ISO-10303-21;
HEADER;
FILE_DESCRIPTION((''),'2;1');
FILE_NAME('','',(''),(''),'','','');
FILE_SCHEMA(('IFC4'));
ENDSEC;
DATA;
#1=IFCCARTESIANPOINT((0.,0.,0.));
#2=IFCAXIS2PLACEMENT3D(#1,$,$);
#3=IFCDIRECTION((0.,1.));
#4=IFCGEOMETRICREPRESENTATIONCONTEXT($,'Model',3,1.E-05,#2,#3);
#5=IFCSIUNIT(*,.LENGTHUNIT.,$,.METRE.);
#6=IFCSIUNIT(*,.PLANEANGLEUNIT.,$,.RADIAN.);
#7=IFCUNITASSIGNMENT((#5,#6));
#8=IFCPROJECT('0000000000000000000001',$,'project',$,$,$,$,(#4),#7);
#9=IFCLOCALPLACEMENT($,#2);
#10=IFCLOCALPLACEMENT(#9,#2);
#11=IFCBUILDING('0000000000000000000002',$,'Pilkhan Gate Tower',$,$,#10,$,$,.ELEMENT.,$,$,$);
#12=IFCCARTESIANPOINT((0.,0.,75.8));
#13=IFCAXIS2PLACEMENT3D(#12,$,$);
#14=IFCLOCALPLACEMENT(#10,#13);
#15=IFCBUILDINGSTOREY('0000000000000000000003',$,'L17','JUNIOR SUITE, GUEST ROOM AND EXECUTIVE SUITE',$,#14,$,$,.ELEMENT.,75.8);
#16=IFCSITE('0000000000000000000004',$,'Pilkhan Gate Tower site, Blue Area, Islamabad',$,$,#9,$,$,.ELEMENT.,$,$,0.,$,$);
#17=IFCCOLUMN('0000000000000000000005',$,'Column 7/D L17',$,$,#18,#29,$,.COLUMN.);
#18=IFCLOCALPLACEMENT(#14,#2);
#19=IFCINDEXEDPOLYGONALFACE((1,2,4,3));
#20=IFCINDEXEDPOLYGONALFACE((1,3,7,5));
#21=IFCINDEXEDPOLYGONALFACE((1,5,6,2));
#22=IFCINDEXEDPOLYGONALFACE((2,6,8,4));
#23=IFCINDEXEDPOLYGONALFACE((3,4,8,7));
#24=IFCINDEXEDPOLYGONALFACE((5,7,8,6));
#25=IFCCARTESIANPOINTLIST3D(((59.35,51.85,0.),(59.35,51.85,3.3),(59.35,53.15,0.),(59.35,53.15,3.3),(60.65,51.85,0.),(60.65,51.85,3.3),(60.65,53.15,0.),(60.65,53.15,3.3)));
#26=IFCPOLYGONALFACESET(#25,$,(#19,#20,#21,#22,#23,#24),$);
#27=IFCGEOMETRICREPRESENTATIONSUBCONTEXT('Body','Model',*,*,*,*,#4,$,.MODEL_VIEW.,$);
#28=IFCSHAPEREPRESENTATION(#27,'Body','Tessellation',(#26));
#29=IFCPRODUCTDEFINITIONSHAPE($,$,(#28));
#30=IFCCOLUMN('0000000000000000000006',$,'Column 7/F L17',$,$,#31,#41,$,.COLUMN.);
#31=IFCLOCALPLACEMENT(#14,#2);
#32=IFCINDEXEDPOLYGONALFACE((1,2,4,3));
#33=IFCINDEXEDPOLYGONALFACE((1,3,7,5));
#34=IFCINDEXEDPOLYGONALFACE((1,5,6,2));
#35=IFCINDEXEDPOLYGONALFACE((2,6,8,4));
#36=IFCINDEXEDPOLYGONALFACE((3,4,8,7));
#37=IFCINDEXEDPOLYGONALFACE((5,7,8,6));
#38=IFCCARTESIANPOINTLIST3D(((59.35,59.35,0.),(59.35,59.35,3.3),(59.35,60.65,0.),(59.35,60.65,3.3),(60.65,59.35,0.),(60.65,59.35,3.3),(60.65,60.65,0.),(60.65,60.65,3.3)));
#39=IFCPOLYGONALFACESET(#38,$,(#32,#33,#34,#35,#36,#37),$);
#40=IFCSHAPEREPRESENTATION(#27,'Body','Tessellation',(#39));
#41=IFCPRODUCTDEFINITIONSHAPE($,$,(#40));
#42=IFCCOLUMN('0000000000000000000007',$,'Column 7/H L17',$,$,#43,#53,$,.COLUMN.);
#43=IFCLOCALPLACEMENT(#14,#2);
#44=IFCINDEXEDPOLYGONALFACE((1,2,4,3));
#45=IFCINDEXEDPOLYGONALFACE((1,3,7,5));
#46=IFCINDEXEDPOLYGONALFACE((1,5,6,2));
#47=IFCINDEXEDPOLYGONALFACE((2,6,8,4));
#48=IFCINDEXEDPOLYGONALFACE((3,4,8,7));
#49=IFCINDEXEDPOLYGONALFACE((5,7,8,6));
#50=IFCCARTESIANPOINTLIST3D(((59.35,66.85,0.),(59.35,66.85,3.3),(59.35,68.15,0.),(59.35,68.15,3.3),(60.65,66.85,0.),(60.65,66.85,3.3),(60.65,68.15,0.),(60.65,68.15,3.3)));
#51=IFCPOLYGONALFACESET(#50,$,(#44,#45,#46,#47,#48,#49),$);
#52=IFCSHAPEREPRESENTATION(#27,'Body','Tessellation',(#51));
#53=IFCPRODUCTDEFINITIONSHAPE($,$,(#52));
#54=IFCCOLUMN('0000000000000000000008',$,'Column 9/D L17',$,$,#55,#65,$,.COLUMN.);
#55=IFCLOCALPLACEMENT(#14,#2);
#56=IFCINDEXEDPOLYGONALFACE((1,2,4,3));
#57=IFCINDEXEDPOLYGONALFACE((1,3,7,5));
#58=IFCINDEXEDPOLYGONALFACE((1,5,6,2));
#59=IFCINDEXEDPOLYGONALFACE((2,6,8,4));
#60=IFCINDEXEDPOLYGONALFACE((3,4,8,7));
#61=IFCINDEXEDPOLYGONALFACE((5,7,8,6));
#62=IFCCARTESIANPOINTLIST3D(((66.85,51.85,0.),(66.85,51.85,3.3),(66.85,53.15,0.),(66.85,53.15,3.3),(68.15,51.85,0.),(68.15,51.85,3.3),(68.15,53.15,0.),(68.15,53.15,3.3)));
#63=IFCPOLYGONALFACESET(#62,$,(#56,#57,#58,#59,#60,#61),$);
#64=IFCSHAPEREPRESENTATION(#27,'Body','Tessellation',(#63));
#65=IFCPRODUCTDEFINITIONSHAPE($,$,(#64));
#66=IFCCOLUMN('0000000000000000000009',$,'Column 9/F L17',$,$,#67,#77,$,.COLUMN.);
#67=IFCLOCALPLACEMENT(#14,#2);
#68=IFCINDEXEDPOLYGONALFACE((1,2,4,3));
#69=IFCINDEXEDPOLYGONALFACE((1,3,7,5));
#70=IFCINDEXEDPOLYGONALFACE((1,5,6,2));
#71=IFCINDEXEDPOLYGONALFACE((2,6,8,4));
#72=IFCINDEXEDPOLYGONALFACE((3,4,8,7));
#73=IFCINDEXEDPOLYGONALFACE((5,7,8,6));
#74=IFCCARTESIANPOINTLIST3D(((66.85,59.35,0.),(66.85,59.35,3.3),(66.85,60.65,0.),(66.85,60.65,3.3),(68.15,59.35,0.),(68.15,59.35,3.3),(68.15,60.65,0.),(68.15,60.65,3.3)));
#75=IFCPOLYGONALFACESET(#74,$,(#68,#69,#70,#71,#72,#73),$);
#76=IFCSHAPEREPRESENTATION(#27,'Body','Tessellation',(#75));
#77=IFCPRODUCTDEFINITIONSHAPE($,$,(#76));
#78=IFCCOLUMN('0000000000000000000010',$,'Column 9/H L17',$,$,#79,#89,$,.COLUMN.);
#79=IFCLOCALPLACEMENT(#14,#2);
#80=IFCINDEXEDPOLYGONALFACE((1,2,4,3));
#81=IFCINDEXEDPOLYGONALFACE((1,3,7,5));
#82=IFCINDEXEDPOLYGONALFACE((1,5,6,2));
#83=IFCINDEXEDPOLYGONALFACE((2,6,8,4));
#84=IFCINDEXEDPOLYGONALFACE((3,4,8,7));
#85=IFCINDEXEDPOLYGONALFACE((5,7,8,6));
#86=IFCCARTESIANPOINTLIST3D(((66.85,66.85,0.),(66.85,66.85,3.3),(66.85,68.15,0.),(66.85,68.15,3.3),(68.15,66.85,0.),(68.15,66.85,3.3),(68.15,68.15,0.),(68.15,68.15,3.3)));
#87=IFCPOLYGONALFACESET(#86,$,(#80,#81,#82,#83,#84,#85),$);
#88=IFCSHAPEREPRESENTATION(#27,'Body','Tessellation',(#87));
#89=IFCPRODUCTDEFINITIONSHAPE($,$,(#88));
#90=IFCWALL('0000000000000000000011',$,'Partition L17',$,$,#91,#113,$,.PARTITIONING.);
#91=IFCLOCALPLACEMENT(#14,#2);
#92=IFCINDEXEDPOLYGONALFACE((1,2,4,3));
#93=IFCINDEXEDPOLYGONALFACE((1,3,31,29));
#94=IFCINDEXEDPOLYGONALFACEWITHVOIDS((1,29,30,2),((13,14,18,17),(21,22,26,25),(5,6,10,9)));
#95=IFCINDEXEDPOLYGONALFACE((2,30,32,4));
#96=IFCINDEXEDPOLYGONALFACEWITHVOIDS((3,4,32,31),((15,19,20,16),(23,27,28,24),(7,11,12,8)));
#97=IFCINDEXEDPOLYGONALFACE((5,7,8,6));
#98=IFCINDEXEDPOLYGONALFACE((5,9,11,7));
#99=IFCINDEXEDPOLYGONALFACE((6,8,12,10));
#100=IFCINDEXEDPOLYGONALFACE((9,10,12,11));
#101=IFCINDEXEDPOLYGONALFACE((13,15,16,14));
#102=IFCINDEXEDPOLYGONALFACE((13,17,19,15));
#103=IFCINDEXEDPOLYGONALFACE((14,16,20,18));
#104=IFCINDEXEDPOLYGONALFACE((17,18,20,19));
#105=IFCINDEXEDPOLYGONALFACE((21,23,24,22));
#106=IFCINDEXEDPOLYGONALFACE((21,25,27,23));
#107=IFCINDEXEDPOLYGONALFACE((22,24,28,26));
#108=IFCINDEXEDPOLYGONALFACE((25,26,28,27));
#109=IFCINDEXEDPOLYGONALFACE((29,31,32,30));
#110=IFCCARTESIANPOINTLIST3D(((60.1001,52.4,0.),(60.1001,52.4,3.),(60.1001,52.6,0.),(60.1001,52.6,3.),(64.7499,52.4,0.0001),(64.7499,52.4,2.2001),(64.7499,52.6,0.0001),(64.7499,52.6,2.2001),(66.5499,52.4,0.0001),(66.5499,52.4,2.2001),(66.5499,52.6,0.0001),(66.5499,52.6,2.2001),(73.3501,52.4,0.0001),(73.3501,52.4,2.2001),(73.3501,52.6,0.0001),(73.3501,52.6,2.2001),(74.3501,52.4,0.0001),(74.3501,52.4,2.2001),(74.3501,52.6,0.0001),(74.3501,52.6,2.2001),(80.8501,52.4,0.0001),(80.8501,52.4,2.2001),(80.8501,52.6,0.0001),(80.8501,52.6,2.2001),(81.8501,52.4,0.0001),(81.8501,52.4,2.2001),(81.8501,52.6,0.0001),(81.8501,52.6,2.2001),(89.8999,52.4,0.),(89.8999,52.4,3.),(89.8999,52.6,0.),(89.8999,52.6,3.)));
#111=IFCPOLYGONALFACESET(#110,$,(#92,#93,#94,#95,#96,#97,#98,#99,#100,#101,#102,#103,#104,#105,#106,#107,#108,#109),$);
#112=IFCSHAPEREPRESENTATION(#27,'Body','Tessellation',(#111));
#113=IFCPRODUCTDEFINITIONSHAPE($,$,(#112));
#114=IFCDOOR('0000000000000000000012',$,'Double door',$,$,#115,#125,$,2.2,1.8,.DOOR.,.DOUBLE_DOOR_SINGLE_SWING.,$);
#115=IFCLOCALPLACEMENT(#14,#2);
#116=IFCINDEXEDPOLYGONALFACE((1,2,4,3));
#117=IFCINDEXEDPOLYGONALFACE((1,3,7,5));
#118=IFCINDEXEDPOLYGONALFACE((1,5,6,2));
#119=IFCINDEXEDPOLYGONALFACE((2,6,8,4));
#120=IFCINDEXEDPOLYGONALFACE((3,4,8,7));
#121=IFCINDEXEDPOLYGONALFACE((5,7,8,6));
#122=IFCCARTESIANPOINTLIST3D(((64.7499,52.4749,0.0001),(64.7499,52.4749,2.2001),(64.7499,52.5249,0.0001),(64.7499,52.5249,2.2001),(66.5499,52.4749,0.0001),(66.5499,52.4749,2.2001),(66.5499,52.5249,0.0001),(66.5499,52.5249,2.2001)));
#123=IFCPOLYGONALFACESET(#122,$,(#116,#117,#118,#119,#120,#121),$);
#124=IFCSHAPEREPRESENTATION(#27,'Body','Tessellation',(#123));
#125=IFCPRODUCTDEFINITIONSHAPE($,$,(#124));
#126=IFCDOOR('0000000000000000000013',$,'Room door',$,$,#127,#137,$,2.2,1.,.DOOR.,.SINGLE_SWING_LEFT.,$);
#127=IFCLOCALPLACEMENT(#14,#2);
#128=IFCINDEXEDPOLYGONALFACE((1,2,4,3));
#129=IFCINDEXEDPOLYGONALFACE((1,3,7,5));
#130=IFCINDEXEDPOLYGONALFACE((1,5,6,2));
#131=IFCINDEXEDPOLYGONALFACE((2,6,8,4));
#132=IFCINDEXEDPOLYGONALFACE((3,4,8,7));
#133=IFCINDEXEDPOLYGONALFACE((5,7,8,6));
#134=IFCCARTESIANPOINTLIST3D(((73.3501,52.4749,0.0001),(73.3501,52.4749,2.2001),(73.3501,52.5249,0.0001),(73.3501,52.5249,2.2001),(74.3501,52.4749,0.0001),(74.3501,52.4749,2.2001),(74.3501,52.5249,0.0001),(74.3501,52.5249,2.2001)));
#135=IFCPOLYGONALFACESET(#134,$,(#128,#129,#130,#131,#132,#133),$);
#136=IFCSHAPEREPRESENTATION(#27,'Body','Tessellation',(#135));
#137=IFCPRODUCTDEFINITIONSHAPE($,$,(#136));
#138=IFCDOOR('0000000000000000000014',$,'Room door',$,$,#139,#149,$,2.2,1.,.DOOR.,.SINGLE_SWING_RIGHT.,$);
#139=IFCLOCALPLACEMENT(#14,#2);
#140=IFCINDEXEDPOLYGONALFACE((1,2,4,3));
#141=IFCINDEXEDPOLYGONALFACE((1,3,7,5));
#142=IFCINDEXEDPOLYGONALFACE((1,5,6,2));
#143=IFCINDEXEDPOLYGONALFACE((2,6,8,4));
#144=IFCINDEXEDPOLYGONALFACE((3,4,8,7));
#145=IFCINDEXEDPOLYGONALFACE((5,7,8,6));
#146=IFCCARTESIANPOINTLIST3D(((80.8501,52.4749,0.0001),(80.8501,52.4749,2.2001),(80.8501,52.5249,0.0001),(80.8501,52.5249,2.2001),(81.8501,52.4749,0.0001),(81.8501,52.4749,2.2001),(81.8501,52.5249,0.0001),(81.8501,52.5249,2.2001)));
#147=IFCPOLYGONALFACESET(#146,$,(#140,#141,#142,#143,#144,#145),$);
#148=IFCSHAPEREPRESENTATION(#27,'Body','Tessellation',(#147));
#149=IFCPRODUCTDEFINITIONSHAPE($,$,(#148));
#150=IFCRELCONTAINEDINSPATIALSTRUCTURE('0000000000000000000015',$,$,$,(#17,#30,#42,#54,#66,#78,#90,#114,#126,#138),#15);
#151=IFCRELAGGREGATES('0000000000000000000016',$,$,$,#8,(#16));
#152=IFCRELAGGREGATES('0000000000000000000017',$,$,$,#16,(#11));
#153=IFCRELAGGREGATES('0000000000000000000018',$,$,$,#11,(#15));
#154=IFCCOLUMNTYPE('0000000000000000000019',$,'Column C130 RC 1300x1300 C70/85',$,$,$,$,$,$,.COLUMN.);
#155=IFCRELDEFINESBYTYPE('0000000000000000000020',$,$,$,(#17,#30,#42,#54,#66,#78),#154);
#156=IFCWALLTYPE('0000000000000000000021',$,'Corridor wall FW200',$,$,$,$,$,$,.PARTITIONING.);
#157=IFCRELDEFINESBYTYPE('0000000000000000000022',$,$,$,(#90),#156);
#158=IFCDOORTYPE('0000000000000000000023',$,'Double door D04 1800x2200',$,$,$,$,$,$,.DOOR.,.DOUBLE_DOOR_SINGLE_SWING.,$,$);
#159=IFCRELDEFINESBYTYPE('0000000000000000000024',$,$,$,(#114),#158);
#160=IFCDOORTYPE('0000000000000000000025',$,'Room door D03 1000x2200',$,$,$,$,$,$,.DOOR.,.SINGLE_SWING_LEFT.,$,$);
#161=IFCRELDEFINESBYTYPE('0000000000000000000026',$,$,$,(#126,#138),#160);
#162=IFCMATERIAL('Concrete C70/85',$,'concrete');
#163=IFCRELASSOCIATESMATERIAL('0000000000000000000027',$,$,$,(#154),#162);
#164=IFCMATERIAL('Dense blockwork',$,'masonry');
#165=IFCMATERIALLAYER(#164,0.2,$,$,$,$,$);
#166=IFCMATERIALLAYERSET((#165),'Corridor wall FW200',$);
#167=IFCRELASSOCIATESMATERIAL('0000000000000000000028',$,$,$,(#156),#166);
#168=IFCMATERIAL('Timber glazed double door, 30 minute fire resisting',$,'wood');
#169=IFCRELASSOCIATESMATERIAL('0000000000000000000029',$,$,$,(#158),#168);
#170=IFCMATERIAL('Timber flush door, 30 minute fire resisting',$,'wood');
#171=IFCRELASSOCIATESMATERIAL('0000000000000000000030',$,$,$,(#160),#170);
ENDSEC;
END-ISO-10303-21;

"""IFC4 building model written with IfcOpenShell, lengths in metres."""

from ifc_helpers import new_model, si_unit, direction, frame, frame_2d, origin, origin_2d, place, context, subcontext, project, spatial, rectangle, extrude, material, layer, layer_set, material_profile, profile_set, type_object, element, fill, save


model = new_model("IFC4")

# Units and contexts
model_context = context("Model", 3, precision=1e-05, world=origin(), true_north=direction((0.0, 1.0)))
body_context = subcontext(model_context, "Body", "Model", "MODEL_VIEW")
ifc_project = project(units=[si_unit("LENGTHUNIT", "METRE"), si_unit("PLANEANGLEUNIT", "RADIAN")], contexts=[model_context])

# Site, building, storey
site_placement = place(None, origin())
site = spatial("IfcSite", under=ifc_project, at=site_placement, Name="Pilkhan Gate Tower site, Blue Area, Islamabad", CompositionType="ELEMENT", RefElevation=0.0)
building_placement = place(site_placement, origin())
building = spatial("IfcBuilding", under=site, at=building_placement, Name="Pilkhan Gate Tower", CompositionType="ELEMENT")
storey_placement = place(building_placement, frame((0.0, 0.0, 75.8)))
storey = spatial("IfcBuildingStorey", under=building, at=storey_placement, Name="L17", Description="JUNIOR SUITE, GUEST ROOM AND EXECUTIVE SUITE", CompositionType="ELEMENT", Elevation=75.8)

# Columns
ifc_material_1 = material(Name="Concrete C70/85", Category="concrete")
ifc_material_profile = material_profile(ifc_material_1, rectangle(XDim=1.3, YDim=1.3, at=origin_2d()), Name="RC 1300x1300")
ifc_profile_set = profile_set([ifc_material_profile], Name="Concrete C70/85")
column_type = type_object("IfcColumnType", Name="Column C130 RC 1300x1300 C70/85", PredefinedType="COLUMN", material=ifc_profile_set)
for number, where, z_axis, x_axis, name in (
    (1, (60.0, 52.5, 0.0), (0.0, 0.0, 1.0), (1.0, 0.0, 0.0), "Column 7/D L17"),
    (2, (60.0, 60.0, 0.0), (0.0, 0.0, 1.0), (1.0, 0.0, 0.0), "Column 7/F L17"),
    (3, (60.0, 67.5, 0.0), (0.0, 0.0, 1.0), (1.0, 0.0, 0.0), "Column 7/H L17"),
    (4, (67.5, 52.5, 0.0), (0.0, 0.0, 1.0), (1.0, 0.0, 0.0), "Column 9/D L17"),
    (5, (67.5, 60.0, 0.0), (0.0, 0.0, 1.0), (1.0, 0.0, 0.0), "Column 9/F L17"),
    (6, (67.5, 67.5, 0.0), (0.0, 0.0, 1.0), (1.0, 0.0, 0.0), "Column 9/H L17"),
):
    element("IfcColumn", number, at=place(storey_placement, frame(where, z_axis=z_axis, x_axis=x_axis)), inside=storey, type_object=column_type, Name=name, PredefinedType="COLUMN", context=body_context, shape_type="SweptSolid", body=[
        extrude(rectangle(XDim=1.3, YDim=1.3, at=origin_2d()), origin(), (0.0, 0.0, 1.0), 3.3),
    ])

# Wall, openings, doors
ifc_material_2 = material(Name="Dense blockwork", Category="masonry")
ifc_layer_1 = layer(ifc_material_2, 0.2)
ifc_layer_set_1 = layer_set([ifc_layer_1], Name="Corridor wall FW200")
wall_type_1 = type_object("IfcWallType", Name="Corridor wall FW200", PredefinedType="PARTITIONING", material=ifc_layer_set_1)
wall_1_placement = place(storey_placement, frame((60.1001, 52.5, 0.0), z_axis=(0.0, 0.0, 1.0), x_axis=(1.0, 0.0, 0.0)))
wall_1 = element("IfcWall", 7, at=wall_1_placement, inside=storey, type_object=wall_type_1, Name="Partition L17", PredefinedType="PARTITIONING", context=body_context, shape_type="SweptSolid", body=[
    extrude(rectangle(XDim=29.7998, YDim=0.2, at=frame_2d((14.8999, 0.0))), origin(), (0.0, 0.0, 1.0), 3.0),
])
opening_1_placement = place(wall_1_placement, frame((4.6499, 0.0, 0.0)))
opening_1 = element("IfcOpeningElement", 8, at=opening_1_placement, cuts=wall_1, PredefinedType="OPENING", context=body_context, shape_type="SweptSolid", body=[
    extrude(rectangle(XDim=1.8, YDim=2.2, at=frame_2d((0.8999, 1.1001))), frame((0.0, 0.1099, 0.0), z_axis=(0.0, -1.0, 0.0), x_axis=(1.0, 0.0, 0.0)), (0.0, 0.0, 1.0), 0.22),
])
opening_2_placement = place(wall_1_placement, frame((13.25, 0.0, 0.0)))
opening_2 = element("IfcOpeningElement", 9, at=opening_2_placement, cuts=wall_1, PredefinedType="OPENING", context=body_context, shape_type="SweptSolid", body=[
    extrude(rectangle(XDim=1.0, YDim=2.2, at=frame_2d((0.5, 1.1001))), frame((0.0, 0.1099, 0.0), z_axis=(0.0, -1.0, 0.0), x_axis=(1.0, 0.0, 0.0)), (0.0, 0.0, 1.0), 0.22),
])
opening_3_placement = place(wall_1_placement, frame((20.75, 0.0, 0.0)))
opening_3 = element("IfcOpeningElement", 10, at=opening_3_placement, cuts=wall_1, PredefinedType="OPENING", context=body_context, shape_type="SweptSolid", body=[
    extrude(rectangle(XDim=1.0, YDim=2.2, at=frame_2d((0.5, 1.1001))), frame((0.0, 0.1099, 0.0), z_axis=(0.0, -1.0, 0.0), x_axis=(1.0, 0.0, 0.0)), (0.0, 0.0, 1.0), 0.22),
])
ifc_material_3 = material(Name="Timber glazed double door, 30 minute fire resisting", Category="wood")
door_type_1 = type_object("IfcDoorType", Name="Double door D04 1800x2200", OperationType="DOUBLE_DOOR_SINGLE_SWING", PredefinedType="DOOR", material=ifc_material_3)
door_1_placement = place(opening_1_placement, origin())
door_1 = element("IfcDoor", 11, at=door_1_placement, inside=storey, type_object=door_type_1, Name="Double door", OperationType="DOUBLE_DOOR_SINGLE_SWING", OverallHeight=2.2, OverallWidth=1.8, PredefinedType="DOOR", context=body_context, shape_type="SweptSolid", body=[
    extrude(rectangle(XDim=1.8, YDim=2.2, at=frame_2d((0.8999, 1.1001))), frame((0.0, 0.0249, 0.0), z_axis=(0.0, -1.0, 0.0), x_axis=(1.0, 0.0, 0.0)), (0.0, 0.0, 1.0), 0.05),
])
fill(opening_1, door_1)
ifc_material_4 = material(Name="Timber flush door, 30 minute fire resisting", Category="wood")
door_type_2 = type_object("IfcDoorType", Name="Room door D03 1000x2200", OperationType="SINGLE_SWING_LEFT", PredefinedType="DOOR", material=ifc_material_4)
door_2_placement = place(opening_2_placement, origin())
door_2 = element("IfcDoor", 12, at=door_2_placement, inside=storey, type_object=door_type_2, Name="Room door", OperationType="SINGLE_SWING_LEFT", OverallHeight=2.2, OverallWidth=1.0, PredefinedType="DOOR", context=body_context, shape_type="SweptSolid", body=[
    extrude(rectangle(XDim=1.0, YDim=2.2, at=frame_2d((0.5, 1.1001))), frame((0.0, 0.0249, 0.0), z_axis=(0.0, -1.0, 0.0), x_axis=(1.0, 0.0, 0.0)), (0.0, 0.0, 1.0), 0.05),
])
fill(opening_2, door_2)
door_3_placement = place(opening_3_placement, origin())
door_3 = element("IfcDoor", 13, at=door_3_placement, inside=storey, type_object=door_type_2, Name="Room door", OperationType="SINGLE_SWING_RIGHT", OverallHeight=2.2, OverallWidth=1.0, PredefinedType="DOOR", context=body_context, shape_type="SweptSolid", body=[
    extrude(rectangle(XDim=1.0, YDim=2.2, at=frame_2d((0.5, 1.1001))), frame((0.0, 0.0249, 0.0), z_axis=(0.0, -1.0, 0.0), x_axis=(1.0, 0.0, 0.0)), (0.0, 0.0, 1.0), 0.05),
])
fill(opening_3, door_3)

save(model, "model.ifc")
